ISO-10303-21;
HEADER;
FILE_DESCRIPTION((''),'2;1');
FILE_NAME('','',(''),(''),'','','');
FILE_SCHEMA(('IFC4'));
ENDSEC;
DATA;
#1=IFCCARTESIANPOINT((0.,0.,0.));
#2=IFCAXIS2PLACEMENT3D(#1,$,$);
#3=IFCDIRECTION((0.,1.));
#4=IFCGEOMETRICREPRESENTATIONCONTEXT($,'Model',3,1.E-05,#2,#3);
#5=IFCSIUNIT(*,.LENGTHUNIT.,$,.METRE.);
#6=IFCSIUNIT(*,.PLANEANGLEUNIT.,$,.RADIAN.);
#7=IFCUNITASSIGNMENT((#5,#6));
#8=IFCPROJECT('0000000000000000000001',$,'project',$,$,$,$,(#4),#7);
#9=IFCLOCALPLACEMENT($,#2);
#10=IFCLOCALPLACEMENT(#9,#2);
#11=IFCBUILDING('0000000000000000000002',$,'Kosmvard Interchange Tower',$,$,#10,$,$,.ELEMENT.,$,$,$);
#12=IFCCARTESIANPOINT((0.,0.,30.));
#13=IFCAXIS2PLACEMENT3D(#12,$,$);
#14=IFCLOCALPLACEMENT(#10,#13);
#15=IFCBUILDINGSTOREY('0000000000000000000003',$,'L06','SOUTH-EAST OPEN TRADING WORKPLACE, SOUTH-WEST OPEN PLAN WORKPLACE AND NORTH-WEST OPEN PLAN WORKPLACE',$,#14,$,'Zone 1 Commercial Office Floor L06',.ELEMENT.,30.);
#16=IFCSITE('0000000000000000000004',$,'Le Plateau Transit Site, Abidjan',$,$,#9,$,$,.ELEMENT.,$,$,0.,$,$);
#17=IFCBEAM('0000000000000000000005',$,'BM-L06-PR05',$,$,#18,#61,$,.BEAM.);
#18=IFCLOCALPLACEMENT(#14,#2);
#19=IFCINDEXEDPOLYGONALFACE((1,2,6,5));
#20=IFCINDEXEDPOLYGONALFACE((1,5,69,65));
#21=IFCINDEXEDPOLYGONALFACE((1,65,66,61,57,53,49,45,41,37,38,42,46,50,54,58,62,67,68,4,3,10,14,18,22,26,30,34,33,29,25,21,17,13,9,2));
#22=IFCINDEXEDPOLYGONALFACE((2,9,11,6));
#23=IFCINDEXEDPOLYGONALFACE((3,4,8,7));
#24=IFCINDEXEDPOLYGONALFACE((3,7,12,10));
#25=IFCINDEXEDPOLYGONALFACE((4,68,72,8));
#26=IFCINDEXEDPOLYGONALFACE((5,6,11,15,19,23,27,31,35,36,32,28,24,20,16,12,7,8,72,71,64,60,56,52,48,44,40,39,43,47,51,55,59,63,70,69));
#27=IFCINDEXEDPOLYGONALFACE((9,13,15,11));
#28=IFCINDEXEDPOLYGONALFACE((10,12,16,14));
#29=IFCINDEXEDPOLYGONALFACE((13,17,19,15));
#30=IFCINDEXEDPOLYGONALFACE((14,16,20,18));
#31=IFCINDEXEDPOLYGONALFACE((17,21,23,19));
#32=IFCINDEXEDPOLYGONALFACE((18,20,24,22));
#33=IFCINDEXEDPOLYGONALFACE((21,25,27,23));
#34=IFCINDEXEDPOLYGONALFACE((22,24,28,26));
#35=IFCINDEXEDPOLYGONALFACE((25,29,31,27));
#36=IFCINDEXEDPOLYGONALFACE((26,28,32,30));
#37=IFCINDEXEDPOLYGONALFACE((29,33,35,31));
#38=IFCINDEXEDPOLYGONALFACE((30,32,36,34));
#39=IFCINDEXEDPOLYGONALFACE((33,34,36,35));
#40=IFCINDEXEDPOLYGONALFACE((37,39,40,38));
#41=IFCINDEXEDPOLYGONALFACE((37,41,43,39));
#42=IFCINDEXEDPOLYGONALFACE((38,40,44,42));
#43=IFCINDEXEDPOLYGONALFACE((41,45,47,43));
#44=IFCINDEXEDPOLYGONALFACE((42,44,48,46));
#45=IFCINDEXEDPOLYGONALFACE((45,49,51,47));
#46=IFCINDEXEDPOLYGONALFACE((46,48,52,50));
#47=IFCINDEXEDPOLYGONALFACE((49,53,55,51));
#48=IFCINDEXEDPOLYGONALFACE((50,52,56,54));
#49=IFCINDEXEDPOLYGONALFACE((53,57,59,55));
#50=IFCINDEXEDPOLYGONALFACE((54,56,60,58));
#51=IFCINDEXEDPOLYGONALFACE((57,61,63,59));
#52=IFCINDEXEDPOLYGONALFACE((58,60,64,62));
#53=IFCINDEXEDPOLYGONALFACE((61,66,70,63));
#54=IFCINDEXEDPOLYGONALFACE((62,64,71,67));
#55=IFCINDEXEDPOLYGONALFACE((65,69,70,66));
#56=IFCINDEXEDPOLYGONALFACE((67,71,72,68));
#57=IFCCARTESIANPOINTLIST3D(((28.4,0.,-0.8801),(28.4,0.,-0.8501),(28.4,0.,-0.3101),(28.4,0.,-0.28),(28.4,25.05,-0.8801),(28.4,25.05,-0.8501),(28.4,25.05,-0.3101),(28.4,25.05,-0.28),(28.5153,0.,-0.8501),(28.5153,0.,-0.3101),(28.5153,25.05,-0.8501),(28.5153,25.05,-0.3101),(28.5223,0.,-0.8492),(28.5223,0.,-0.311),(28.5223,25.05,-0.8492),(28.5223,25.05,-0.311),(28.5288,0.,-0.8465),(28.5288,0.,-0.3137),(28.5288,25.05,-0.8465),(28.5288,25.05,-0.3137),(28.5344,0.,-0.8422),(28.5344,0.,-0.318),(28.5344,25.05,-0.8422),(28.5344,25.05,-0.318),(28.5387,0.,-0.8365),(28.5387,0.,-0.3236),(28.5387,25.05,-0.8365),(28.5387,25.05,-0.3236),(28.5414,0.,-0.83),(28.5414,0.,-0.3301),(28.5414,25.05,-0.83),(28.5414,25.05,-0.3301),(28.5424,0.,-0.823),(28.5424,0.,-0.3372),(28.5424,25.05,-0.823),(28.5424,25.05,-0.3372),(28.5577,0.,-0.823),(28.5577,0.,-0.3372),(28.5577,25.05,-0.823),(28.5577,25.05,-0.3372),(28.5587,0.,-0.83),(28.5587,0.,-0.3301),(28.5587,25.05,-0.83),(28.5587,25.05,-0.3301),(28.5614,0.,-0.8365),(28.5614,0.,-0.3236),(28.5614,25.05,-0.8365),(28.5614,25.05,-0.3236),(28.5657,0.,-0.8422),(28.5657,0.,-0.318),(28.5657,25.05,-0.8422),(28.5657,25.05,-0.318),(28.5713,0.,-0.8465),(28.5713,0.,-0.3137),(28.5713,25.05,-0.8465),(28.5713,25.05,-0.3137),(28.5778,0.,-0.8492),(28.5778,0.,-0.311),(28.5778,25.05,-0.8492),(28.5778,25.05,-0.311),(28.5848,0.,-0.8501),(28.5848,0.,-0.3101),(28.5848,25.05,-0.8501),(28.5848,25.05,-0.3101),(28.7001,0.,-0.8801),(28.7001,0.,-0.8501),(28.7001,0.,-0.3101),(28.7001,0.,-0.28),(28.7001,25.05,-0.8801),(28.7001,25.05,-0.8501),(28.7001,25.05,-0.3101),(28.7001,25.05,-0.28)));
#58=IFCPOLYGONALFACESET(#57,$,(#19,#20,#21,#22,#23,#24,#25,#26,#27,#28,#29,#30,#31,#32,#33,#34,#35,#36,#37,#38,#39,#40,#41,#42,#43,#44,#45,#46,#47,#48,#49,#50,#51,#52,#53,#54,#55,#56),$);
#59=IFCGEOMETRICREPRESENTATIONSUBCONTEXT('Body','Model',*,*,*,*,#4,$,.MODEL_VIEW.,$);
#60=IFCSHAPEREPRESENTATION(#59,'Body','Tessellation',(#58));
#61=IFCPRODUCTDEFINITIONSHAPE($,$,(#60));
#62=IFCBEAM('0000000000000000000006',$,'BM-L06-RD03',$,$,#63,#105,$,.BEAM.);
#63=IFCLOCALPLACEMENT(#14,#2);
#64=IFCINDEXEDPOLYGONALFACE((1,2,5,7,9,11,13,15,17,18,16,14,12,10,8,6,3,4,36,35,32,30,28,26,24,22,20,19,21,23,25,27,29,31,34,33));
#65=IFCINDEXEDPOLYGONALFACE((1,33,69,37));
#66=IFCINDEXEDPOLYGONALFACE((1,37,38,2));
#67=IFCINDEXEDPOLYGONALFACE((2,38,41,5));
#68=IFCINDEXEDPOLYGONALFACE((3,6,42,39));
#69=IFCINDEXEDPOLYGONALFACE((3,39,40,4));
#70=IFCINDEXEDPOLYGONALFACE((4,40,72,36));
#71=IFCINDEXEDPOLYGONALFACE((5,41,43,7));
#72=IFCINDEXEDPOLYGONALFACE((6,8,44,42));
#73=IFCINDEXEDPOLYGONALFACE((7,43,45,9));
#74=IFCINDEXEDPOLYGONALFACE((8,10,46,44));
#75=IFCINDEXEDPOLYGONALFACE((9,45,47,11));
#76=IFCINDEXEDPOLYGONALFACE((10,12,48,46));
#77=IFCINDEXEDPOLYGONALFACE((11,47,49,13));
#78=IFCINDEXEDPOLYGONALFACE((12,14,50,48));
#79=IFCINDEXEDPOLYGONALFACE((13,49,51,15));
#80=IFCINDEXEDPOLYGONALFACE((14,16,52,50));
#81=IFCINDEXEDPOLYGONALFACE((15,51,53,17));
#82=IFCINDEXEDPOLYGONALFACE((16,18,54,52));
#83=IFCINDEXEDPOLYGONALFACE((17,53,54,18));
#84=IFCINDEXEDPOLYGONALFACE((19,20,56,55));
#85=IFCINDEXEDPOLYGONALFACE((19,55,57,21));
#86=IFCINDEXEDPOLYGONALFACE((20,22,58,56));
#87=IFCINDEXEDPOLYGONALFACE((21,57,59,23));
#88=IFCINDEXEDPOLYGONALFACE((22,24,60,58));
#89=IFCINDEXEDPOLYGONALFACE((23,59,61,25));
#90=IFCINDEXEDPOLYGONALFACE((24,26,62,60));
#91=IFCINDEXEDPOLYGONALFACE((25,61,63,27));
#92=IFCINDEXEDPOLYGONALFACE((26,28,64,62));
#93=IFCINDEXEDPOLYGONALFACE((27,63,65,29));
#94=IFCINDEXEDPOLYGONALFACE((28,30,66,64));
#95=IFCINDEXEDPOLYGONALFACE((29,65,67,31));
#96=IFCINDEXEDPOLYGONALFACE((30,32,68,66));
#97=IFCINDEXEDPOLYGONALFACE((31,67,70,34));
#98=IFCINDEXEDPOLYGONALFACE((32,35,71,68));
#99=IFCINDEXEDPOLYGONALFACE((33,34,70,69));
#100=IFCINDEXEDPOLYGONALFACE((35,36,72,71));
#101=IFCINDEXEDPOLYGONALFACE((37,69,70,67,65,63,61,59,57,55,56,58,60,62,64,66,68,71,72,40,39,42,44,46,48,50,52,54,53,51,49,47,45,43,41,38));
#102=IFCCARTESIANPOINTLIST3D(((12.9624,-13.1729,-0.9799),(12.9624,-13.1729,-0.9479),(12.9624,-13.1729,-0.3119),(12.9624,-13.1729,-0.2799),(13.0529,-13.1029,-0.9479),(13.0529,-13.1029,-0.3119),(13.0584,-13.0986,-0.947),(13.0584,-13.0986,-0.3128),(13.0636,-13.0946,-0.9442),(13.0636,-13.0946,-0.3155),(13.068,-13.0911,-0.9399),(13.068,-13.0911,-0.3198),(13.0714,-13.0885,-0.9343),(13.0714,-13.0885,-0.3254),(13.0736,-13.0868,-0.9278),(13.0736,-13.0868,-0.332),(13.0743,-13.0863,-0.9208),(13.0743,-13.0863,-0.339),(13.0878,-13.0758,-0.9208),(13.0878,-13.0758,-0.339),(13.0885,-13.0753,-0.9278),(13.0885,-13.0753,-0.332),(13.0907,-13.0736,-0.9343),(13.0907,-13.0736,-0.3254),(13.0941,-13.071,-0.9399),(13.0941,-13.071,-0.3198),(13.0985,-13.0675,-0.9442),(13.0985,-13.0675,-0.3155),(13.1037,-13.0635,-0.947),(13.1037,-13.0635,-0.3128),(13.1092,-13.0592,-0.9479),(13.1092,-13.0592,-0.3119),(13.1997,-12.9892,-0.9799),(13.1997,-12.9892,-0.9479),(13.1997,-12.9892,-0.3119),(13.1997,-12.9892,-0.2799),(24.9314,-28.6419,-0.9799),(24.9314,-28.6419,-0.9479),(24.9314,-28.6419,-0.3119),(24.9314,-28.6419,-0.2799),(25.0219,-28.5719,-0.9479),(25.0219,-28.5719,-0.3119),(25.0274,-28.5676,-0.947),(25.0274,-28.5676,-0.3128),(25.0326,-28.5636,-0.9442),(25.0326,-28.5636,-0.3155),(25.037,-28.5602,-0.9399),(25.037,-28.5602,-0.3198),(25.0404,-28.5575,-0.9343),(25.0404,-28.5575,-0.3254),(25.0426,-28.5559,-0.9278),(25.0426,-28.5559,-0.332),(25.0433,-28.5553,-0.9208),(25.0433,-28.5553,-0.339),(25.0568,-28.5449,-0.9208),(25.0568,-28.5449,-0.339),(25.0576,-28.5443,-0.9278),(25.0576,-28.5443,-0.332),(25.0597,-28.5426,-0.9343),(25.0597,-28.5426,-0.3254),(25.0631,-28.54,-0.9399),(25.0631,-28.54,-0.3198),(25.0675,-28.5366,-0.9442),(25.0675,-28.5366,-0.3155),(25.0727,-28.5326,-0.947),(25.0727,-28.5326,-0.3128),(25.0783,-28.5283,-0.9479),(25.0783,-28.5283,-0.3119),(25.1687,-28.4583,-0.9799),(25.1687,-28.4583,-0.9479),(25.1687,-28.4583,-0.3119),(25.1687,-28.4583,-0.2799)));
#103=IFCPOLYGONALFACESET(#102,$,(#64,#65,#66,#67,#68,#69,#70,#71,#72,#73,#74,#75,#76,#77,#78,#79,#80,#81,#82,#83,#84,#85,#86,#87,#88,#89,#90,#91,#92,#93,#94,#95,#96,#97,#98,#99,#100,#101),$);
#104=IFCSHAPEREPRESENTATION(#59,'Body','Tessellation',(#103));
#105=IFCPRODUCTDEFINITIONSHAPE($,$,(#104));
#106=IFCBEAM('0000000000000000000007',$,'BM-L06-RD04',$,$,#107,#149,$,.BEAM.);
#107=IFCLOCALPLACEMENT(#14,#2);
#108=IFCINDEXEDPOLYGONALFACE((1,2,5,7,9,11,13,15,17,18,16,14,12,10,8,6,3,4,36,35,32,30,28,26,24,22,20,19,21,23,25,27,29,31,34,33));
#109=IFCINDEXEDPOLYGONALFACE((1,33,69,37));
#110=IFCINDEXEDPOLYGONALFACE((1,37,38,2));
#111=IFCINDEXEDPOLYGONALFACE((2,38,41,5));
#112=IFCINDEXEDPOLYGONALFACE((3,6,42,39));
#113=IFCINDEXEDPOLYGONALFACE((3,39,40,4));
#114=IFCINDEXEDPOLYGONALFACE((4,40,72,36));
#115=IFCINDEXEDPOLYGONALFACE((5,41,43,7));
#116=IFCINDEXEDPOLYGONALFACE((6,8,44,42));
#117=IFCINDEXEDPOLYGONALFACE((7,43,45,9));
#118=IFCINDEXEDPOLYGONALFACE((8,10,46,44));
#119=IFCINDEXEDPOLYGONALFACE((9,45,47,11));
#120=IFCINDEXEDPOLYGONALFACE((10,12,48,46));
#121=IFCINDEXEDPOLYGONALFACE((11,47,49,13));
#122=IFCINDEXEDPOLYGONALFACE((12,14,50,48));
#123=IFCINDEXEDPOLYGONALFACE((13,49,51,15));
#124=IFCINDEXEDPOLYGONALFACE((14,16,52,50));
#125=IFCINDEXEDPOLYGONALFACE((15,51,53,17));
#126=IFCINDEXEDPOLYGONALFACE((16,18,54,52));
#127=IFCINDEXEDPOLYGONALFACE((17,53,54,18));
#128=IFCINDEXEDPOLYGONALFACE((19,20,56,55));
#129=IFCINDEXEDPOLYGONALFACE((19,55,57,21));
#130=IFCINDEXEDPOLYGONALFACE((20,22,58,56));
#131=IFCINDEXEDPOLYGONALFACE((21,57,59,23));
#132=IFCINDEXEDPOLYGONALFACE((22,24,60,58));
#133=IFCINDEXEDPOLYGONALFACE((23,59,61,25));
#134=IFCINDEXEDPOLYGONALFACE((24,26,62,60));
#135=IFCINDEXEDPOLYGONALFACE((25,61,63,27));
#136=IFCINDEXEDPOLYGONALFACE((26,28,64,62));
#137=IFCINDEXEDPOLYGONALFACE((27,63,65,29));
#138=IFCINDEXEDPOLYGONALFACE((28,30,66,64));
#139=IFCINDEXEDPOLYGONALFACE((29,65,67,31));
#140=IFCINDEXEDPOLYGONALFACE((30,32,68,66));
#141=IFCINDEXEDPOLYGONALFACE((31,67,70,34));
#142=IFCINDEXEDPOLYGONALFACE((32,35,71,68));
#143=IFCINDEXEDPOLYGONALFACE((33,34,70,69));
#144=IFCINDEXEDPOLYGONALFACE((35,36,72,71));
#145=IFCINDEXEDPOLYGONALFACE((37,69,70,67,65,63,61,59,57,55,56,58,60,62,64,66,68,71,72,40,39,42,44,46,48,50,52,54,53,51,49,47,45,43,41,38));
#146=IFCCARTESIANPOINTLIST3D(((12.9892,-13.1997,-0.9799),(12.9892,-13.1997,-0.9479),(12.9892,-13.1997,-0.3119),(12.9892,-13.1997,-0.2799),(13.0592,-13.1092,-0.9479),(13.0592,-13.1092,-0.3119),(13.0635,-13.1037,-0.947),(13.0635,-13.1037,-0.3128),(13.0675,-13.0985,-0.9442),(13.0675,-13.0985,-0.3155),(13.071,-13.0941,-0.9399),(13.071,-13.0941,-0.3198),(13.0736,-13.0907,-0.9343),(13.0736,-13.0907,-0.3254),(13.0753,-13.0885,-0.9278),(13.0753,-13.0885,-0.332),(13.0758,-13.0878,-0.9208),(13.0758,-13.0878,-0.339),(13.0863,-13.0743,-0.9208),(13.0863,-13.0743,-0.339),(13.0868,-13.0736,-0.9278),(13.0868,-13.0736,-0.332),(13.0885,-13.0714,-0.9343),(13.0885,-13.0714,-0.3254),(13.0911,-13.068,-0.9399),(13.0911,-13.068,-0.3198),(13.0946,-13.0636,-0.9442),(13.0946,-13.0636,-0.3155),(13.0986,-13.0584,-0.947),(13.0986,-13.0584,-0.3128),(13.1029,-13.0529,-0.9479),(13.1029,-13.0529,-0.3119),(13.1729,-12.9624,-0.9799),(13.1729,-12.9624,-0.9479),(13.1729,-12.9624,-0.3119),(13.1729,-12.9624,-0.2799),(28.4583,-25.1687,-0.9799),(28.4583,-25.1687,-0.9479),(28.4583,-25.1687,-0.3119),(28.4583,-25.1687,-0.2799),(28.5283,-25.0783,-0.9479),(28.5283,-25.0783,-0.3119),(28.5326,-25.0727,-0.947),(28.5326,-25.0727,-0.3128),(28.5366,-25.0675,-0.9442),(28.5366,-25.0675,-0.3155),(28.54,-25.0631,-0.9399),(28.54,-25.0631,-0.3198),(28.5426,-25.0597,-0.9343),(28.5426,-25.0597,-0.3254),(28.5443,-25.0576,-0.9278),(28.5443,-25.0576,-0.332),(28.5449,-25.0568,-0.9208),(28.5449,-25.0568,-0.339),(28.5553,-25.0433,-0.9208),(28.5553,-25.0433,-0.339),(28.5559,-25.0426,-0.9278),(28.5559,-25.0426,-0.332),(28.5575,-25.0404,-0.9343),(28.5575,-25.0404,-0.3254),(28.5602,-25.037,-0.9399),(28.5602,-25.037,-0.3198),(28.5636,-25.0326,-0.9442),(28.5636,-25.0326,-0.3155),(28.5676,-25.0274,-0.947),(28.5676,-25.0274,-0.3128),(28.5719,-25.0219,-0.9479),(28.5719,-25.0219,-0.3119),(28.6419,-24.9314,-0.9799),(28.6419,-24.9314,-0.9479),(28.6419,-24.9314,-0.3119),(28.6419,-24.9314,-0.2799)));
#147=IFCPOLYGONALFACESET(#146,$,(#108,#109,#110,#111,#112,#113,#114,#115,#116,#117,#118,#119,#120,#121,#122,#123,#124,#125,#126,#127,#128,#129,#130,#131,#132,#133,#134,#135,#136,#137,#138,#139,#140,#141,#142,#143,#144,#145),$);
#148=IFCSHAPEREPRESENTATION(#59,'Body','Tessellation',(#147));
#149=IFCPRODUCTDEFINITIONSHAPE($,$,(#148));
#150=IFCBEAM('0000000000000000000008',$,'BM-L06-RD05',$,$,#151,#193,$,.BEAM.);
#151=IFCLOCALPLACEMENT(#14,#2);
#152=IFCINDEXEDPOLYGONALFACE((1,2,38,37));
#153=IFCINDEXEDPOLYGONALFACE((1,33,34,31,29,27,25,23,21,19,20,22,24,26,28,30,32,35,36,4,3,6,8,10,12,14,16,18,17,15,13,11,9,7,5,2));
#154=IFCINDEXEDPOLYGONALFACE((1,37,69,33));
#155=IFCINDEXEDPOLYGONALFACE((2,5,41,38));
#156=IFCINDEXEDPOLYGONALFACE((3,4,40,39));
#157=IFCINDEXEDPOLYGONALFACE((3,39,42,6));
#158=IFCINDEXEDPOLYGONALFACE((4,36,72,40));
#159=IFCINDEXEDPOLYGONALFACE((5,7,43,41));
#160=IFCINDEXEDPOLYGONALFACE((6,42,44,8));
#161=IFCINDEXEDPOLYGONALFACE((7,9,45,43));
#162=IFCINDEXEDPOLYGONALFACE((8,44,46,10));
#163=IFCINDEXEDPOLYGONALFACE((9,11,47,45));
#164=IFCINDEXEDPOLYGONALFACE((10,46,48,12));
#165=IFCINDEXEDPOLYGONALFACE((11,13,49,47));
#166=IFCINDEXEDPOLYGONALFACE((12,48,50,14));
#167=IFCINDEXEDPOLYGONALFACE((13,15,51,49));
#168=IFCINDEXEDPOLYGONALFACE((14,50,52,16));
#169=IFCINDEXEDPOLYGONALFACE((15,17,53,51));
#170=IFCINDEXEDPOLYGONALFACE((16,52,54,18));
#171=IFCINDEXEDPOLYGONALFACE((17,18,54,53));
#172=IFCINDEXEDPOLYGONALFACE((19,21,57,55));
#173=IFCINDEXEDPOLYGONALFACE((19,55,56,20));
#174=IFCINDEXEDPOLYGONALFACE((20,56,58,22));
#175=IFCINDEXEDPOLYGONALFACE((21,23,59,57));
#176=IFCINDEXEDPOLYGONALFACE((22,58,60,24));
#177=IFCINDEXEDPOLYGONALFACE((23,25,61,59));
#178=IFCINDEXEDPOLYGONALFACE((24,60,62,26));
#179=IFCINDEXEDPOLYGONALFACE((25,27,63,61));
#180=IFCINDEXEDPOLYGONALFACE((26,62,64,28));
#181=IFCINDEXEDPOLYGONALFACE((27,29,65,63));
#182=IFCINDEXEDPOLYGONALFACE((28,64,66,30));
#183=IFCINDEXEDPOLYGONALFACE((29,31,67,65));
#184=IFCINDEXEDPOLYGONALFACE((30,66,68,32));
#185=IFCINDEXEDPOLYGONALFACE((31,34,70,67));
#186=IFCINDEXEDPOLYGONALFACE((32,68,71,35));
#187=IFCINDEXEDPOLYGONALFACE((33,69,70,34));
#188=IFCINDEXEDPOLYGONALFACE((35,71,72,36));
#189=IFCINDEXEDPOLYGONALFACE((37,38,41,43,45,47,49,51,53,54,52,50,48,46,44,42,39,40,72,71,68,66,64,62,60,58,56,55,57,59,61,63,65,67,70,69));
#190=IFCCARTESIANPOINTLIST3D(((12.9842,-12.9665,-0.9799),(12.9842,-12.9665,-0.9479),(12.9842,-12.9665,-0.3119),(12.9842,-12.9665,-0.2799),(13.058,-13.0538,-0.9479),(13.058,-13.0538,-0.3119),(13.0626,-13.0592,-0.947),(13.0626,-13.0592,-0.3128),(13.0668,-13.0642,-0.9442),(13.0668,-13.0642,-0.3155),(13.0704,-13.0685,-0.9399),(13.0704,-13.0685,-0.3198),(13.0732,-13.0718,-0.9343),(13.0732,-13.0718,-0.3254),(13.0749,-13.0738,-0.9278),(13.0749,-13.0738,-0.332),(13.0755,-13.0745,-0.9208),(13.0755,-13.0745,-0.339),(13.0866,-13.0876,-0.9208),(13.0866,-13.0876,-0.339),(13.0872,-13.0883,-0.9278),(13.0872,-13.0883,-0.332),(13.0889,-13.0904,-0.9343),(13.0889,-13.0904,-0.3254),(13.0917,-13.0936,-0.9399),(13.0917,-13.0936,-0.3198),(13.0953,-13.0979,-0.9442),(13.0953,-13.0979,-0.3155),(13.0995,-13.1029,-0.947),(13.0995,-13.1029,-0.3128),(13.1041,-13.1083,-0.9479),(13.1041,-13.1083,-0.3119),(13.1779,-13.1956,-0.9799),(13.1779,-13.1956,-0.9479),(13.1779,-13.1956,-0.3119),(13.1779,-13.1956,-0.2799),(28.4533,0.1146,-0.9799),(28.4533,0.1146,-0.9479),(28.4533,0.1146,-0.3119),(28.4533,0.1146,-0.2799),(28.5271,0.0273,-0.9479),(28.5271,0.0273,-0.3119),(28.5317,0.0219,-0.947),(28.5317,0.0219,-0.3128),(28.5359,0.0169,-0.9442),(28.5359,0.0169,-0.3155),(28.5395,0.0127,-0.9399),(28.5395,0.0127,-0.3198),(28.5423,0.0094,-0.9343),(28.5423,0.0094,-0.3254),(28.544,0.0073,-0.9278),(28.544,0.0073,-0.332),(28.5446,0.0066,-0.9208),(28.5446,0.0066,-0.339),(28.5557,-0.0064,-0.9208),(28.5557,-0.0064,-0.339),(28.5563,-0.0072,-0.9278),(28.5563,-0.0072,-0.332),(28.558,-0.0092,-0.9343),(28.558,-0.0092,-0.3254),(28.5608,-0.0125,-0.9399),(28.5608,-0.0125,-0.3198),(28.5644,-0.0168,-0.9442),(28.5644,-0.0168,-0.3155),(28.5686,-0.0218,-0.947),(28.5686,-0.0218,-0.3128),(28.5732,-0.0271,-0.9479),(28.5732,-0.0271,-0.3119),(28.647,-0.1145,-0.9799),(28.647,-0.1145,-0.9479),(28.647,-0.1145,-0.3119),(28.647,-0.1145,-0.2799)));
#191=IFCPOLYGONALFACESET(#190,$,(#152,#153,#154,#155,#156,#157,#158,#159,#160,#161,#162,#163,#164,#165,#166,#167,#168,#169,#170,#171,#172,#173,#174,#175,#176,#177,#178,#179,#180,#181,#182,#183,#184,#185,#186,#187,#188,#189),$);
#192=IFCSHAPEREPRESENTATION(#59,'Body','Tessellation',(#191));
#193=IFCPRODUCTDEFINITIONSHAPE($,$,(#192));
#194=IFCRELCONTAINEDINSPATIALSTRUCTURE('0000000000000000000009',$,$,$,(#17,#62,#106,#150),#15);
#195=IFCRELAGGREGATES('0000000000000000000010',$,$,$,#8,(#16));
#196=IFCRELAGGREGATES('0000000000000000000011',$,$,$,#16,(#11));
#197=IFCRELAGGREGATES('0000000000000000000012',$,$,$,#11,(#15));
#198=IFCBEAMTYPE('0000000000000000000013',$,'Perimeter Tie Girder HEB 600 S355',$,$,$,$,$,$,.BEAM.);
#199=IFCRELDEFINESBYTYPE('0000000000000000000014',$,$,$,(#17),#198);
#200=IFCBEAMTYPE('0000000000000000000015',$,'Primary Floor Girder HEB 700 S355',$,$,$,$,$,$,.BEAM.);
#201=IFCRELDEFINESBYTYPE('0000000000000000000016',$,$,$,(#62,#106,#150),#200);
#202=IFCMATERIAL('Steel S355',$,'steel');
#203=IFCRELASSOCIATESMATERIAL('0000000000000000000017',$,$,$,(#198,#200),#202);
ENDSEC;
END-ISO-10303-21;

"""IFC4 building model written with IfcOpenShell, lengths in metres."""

from ifc_helpers import new_model, si_unit, direction, frame, origin, origin_2d, place, context, subcontext, project, spatial, i_section, extrude, source, transform, mapped, material, material_profile, profile_set, type_object, element, save


model = new_model("IFC4")

# Units and contexts
model_context = context("Model", 3, precision=1e-05, world=origin(), true_north=direction((0.0, 1.0)))
body_context = subcontext(model_context, "Body", "Model", "MODEL_VIEW")
ifc_project = project(units=[si_unit("LENGTHUNIT", "METRE"), si_unit("PLANEANGLEUNIT", "RADIAN")], contexts=[model_context])

# Site, building, storey
site_placement = place(None, origin())
site = spatial("IfcSite", under=ifc_project, at=site_placement, Name="Le Plateau Transit Site, Abidjan", CompositionType="ELEMENT", RefElevation=0.0)
building_placement = place(site_placement, origin())
building = spatial("IfcBuilding", under=site, at=building_placement, Name="Kosmvard Interchange Tower", CompositionType="ELEMENT")
storey_placement = place(building_placement, frame((0.0, 0.0, 30.0)))
storey = spatial("IfcBuildingStorey", under=building, at=storey_placement, Name="L06", Description="SOUTH-EAST OPEN TRADING WORKPLACE, SOUTH-WEST OPEN PLAN WORKPLACE AND NORTH-WEST OPEN PLAN WORKPLACE", LongName="Zone 1 Commercial Office Floor L06", CompositionType="ELEMENT", Elevation=30.0)

# Beams
ifc_material_1 = material(Name="Steel S355", Category="steel")
ifc_material_profile_1 = material_profile(ifc_material_1, i_section(OverallWidth=0.3, OverallDepth=0.6001, WebThickness=0.0154, FlangeThickness=0.03, FilletRadius=0.0271, at=origin_2d()), Name="HEB 600")
ifc_profile_set_1 = profile_set([ifc_material_profile_1], Name="Steel S355")
beam_type_1 = type_object("IfcBeamType", Name="Perimeter Tie Girder HEB 600 S355", PredefinedType="BEAM", material=ifc_profile_set_1)
shared_shape_1 = source(origin(), body_context, "Body", "SweptSolid", [
    extrude(i_section(OverallWidth=0.3, OverallDepth=0.6001, WebThickness=0.0154, FlangeThickness=0.03, FilletRadius=0.0271, at=origin_2d()), origin(), (0.0, 0.0, 1.0), 25.05),
])
for number, where, z_axis, x_axis, name in (
    (1, (28.55, 0.0, -0.5801), (0.0, 1.0, 0.0), (-1.0, 0.0, 0.0), "BM-L06-PR05"),
):
    element("IfcBeam", number, at=place(storey_placement, frame(where, z_axis=z_axis, x_axis=x_axis)), inside=storey, type_object=beam_type_1, Name=name, PredefinedType="BEAM", context=body_context, shape_type="MappedRepresentation", body=[
        mapped(shared_shape_1, transform((0.0, 0.0, 0.0), scale=1.0)),
    ])
ifc_material_profile_2 = material_profile(ifc_material_1, i_section(OverallWidth=0.3, OverallDepth=0.7, WebThickness=0.0171, FlangeThickness=0.032, FilletRadius=0.0271, at=origin_2d()), Name="HEB 700")
ifc_profile_set_2 = profile_set([ifc_material_profile_2], Name="Steel S355")
beam_type_2 = type_object("IfcBeamType", Name="Primary Floor Girder HEB 700 S355", PredefinedType="BEAM", material=ifc_profile_set_2)
shared_shape_2 = source(origin(), body_context, "Body", "SweptSolid", [
    extrude(i_section(OverallWidth=0.3, OverallDepth=0.7, WebThickness=0.0171, FlangeThickness=0.032, FilletRadius=0.0271, at=origin_2d()), origin(), (0.0, 0.0, 1.0), 19.5588),
])
for number, where, z_axis, x_axis, name in (
    (2, (13.0811, -13.0811, -0.6299), (0.611949, -0.790897, 0.0), (0.790897, 0.611949, 0.0), "BM-L06-RD03"),
    (3, (13.0811, -13.0811, -0.6299), (0.790897, -0.611949, 0.0), (0.611949, 0.790897, 0.0), "BM-L06-RD04"),
):
    element("IfcBeam", number, at=place(storey_placement, frame(where, z_axis=z_axis, x_axis=x_axis)), inside=storey, type_object=beam_type_2, Name=name, PredefinedType="BEAM", context=body_context, shape_type="MappedRepresentation", body=[
        mapped(shared_shape_2, transform((0.0, 0.0, 0.0), scale=1.0)),
    ])
shared_shape_3 = source(origin(), body_context, "Body", "SweptSolid", [
    extrude(i_section(OverallWidth=0.3, OverallDepth=0.7, WebThickness=0.0171, FlangeThickness=0.032, FilletRadius=0.0271, at=origin_2d()), origin(), (0.0, 0.0, 1.0), 20.2585),
])
beam_1_placement = place(storey_placement, frame((13.0811, -13.0811, -0.6299), z_axis=(0.763583, 0.645709, 0.0), x_axis=(-0.645709, 0.763583, 0.0)))
element("IfcBeam", 4, at=beam_1_placement, inside=storey, type_object=beam_type_2, Name="BM-L06-RD05", PredefinedType="BEAM", context=body_context, shape_type="MappedRepresentation", body=[
    mapped(shared_shape_3, transform((0.0, 0.0, 0.0), scale=1.0)),
])

save(model, "model.ifc")
